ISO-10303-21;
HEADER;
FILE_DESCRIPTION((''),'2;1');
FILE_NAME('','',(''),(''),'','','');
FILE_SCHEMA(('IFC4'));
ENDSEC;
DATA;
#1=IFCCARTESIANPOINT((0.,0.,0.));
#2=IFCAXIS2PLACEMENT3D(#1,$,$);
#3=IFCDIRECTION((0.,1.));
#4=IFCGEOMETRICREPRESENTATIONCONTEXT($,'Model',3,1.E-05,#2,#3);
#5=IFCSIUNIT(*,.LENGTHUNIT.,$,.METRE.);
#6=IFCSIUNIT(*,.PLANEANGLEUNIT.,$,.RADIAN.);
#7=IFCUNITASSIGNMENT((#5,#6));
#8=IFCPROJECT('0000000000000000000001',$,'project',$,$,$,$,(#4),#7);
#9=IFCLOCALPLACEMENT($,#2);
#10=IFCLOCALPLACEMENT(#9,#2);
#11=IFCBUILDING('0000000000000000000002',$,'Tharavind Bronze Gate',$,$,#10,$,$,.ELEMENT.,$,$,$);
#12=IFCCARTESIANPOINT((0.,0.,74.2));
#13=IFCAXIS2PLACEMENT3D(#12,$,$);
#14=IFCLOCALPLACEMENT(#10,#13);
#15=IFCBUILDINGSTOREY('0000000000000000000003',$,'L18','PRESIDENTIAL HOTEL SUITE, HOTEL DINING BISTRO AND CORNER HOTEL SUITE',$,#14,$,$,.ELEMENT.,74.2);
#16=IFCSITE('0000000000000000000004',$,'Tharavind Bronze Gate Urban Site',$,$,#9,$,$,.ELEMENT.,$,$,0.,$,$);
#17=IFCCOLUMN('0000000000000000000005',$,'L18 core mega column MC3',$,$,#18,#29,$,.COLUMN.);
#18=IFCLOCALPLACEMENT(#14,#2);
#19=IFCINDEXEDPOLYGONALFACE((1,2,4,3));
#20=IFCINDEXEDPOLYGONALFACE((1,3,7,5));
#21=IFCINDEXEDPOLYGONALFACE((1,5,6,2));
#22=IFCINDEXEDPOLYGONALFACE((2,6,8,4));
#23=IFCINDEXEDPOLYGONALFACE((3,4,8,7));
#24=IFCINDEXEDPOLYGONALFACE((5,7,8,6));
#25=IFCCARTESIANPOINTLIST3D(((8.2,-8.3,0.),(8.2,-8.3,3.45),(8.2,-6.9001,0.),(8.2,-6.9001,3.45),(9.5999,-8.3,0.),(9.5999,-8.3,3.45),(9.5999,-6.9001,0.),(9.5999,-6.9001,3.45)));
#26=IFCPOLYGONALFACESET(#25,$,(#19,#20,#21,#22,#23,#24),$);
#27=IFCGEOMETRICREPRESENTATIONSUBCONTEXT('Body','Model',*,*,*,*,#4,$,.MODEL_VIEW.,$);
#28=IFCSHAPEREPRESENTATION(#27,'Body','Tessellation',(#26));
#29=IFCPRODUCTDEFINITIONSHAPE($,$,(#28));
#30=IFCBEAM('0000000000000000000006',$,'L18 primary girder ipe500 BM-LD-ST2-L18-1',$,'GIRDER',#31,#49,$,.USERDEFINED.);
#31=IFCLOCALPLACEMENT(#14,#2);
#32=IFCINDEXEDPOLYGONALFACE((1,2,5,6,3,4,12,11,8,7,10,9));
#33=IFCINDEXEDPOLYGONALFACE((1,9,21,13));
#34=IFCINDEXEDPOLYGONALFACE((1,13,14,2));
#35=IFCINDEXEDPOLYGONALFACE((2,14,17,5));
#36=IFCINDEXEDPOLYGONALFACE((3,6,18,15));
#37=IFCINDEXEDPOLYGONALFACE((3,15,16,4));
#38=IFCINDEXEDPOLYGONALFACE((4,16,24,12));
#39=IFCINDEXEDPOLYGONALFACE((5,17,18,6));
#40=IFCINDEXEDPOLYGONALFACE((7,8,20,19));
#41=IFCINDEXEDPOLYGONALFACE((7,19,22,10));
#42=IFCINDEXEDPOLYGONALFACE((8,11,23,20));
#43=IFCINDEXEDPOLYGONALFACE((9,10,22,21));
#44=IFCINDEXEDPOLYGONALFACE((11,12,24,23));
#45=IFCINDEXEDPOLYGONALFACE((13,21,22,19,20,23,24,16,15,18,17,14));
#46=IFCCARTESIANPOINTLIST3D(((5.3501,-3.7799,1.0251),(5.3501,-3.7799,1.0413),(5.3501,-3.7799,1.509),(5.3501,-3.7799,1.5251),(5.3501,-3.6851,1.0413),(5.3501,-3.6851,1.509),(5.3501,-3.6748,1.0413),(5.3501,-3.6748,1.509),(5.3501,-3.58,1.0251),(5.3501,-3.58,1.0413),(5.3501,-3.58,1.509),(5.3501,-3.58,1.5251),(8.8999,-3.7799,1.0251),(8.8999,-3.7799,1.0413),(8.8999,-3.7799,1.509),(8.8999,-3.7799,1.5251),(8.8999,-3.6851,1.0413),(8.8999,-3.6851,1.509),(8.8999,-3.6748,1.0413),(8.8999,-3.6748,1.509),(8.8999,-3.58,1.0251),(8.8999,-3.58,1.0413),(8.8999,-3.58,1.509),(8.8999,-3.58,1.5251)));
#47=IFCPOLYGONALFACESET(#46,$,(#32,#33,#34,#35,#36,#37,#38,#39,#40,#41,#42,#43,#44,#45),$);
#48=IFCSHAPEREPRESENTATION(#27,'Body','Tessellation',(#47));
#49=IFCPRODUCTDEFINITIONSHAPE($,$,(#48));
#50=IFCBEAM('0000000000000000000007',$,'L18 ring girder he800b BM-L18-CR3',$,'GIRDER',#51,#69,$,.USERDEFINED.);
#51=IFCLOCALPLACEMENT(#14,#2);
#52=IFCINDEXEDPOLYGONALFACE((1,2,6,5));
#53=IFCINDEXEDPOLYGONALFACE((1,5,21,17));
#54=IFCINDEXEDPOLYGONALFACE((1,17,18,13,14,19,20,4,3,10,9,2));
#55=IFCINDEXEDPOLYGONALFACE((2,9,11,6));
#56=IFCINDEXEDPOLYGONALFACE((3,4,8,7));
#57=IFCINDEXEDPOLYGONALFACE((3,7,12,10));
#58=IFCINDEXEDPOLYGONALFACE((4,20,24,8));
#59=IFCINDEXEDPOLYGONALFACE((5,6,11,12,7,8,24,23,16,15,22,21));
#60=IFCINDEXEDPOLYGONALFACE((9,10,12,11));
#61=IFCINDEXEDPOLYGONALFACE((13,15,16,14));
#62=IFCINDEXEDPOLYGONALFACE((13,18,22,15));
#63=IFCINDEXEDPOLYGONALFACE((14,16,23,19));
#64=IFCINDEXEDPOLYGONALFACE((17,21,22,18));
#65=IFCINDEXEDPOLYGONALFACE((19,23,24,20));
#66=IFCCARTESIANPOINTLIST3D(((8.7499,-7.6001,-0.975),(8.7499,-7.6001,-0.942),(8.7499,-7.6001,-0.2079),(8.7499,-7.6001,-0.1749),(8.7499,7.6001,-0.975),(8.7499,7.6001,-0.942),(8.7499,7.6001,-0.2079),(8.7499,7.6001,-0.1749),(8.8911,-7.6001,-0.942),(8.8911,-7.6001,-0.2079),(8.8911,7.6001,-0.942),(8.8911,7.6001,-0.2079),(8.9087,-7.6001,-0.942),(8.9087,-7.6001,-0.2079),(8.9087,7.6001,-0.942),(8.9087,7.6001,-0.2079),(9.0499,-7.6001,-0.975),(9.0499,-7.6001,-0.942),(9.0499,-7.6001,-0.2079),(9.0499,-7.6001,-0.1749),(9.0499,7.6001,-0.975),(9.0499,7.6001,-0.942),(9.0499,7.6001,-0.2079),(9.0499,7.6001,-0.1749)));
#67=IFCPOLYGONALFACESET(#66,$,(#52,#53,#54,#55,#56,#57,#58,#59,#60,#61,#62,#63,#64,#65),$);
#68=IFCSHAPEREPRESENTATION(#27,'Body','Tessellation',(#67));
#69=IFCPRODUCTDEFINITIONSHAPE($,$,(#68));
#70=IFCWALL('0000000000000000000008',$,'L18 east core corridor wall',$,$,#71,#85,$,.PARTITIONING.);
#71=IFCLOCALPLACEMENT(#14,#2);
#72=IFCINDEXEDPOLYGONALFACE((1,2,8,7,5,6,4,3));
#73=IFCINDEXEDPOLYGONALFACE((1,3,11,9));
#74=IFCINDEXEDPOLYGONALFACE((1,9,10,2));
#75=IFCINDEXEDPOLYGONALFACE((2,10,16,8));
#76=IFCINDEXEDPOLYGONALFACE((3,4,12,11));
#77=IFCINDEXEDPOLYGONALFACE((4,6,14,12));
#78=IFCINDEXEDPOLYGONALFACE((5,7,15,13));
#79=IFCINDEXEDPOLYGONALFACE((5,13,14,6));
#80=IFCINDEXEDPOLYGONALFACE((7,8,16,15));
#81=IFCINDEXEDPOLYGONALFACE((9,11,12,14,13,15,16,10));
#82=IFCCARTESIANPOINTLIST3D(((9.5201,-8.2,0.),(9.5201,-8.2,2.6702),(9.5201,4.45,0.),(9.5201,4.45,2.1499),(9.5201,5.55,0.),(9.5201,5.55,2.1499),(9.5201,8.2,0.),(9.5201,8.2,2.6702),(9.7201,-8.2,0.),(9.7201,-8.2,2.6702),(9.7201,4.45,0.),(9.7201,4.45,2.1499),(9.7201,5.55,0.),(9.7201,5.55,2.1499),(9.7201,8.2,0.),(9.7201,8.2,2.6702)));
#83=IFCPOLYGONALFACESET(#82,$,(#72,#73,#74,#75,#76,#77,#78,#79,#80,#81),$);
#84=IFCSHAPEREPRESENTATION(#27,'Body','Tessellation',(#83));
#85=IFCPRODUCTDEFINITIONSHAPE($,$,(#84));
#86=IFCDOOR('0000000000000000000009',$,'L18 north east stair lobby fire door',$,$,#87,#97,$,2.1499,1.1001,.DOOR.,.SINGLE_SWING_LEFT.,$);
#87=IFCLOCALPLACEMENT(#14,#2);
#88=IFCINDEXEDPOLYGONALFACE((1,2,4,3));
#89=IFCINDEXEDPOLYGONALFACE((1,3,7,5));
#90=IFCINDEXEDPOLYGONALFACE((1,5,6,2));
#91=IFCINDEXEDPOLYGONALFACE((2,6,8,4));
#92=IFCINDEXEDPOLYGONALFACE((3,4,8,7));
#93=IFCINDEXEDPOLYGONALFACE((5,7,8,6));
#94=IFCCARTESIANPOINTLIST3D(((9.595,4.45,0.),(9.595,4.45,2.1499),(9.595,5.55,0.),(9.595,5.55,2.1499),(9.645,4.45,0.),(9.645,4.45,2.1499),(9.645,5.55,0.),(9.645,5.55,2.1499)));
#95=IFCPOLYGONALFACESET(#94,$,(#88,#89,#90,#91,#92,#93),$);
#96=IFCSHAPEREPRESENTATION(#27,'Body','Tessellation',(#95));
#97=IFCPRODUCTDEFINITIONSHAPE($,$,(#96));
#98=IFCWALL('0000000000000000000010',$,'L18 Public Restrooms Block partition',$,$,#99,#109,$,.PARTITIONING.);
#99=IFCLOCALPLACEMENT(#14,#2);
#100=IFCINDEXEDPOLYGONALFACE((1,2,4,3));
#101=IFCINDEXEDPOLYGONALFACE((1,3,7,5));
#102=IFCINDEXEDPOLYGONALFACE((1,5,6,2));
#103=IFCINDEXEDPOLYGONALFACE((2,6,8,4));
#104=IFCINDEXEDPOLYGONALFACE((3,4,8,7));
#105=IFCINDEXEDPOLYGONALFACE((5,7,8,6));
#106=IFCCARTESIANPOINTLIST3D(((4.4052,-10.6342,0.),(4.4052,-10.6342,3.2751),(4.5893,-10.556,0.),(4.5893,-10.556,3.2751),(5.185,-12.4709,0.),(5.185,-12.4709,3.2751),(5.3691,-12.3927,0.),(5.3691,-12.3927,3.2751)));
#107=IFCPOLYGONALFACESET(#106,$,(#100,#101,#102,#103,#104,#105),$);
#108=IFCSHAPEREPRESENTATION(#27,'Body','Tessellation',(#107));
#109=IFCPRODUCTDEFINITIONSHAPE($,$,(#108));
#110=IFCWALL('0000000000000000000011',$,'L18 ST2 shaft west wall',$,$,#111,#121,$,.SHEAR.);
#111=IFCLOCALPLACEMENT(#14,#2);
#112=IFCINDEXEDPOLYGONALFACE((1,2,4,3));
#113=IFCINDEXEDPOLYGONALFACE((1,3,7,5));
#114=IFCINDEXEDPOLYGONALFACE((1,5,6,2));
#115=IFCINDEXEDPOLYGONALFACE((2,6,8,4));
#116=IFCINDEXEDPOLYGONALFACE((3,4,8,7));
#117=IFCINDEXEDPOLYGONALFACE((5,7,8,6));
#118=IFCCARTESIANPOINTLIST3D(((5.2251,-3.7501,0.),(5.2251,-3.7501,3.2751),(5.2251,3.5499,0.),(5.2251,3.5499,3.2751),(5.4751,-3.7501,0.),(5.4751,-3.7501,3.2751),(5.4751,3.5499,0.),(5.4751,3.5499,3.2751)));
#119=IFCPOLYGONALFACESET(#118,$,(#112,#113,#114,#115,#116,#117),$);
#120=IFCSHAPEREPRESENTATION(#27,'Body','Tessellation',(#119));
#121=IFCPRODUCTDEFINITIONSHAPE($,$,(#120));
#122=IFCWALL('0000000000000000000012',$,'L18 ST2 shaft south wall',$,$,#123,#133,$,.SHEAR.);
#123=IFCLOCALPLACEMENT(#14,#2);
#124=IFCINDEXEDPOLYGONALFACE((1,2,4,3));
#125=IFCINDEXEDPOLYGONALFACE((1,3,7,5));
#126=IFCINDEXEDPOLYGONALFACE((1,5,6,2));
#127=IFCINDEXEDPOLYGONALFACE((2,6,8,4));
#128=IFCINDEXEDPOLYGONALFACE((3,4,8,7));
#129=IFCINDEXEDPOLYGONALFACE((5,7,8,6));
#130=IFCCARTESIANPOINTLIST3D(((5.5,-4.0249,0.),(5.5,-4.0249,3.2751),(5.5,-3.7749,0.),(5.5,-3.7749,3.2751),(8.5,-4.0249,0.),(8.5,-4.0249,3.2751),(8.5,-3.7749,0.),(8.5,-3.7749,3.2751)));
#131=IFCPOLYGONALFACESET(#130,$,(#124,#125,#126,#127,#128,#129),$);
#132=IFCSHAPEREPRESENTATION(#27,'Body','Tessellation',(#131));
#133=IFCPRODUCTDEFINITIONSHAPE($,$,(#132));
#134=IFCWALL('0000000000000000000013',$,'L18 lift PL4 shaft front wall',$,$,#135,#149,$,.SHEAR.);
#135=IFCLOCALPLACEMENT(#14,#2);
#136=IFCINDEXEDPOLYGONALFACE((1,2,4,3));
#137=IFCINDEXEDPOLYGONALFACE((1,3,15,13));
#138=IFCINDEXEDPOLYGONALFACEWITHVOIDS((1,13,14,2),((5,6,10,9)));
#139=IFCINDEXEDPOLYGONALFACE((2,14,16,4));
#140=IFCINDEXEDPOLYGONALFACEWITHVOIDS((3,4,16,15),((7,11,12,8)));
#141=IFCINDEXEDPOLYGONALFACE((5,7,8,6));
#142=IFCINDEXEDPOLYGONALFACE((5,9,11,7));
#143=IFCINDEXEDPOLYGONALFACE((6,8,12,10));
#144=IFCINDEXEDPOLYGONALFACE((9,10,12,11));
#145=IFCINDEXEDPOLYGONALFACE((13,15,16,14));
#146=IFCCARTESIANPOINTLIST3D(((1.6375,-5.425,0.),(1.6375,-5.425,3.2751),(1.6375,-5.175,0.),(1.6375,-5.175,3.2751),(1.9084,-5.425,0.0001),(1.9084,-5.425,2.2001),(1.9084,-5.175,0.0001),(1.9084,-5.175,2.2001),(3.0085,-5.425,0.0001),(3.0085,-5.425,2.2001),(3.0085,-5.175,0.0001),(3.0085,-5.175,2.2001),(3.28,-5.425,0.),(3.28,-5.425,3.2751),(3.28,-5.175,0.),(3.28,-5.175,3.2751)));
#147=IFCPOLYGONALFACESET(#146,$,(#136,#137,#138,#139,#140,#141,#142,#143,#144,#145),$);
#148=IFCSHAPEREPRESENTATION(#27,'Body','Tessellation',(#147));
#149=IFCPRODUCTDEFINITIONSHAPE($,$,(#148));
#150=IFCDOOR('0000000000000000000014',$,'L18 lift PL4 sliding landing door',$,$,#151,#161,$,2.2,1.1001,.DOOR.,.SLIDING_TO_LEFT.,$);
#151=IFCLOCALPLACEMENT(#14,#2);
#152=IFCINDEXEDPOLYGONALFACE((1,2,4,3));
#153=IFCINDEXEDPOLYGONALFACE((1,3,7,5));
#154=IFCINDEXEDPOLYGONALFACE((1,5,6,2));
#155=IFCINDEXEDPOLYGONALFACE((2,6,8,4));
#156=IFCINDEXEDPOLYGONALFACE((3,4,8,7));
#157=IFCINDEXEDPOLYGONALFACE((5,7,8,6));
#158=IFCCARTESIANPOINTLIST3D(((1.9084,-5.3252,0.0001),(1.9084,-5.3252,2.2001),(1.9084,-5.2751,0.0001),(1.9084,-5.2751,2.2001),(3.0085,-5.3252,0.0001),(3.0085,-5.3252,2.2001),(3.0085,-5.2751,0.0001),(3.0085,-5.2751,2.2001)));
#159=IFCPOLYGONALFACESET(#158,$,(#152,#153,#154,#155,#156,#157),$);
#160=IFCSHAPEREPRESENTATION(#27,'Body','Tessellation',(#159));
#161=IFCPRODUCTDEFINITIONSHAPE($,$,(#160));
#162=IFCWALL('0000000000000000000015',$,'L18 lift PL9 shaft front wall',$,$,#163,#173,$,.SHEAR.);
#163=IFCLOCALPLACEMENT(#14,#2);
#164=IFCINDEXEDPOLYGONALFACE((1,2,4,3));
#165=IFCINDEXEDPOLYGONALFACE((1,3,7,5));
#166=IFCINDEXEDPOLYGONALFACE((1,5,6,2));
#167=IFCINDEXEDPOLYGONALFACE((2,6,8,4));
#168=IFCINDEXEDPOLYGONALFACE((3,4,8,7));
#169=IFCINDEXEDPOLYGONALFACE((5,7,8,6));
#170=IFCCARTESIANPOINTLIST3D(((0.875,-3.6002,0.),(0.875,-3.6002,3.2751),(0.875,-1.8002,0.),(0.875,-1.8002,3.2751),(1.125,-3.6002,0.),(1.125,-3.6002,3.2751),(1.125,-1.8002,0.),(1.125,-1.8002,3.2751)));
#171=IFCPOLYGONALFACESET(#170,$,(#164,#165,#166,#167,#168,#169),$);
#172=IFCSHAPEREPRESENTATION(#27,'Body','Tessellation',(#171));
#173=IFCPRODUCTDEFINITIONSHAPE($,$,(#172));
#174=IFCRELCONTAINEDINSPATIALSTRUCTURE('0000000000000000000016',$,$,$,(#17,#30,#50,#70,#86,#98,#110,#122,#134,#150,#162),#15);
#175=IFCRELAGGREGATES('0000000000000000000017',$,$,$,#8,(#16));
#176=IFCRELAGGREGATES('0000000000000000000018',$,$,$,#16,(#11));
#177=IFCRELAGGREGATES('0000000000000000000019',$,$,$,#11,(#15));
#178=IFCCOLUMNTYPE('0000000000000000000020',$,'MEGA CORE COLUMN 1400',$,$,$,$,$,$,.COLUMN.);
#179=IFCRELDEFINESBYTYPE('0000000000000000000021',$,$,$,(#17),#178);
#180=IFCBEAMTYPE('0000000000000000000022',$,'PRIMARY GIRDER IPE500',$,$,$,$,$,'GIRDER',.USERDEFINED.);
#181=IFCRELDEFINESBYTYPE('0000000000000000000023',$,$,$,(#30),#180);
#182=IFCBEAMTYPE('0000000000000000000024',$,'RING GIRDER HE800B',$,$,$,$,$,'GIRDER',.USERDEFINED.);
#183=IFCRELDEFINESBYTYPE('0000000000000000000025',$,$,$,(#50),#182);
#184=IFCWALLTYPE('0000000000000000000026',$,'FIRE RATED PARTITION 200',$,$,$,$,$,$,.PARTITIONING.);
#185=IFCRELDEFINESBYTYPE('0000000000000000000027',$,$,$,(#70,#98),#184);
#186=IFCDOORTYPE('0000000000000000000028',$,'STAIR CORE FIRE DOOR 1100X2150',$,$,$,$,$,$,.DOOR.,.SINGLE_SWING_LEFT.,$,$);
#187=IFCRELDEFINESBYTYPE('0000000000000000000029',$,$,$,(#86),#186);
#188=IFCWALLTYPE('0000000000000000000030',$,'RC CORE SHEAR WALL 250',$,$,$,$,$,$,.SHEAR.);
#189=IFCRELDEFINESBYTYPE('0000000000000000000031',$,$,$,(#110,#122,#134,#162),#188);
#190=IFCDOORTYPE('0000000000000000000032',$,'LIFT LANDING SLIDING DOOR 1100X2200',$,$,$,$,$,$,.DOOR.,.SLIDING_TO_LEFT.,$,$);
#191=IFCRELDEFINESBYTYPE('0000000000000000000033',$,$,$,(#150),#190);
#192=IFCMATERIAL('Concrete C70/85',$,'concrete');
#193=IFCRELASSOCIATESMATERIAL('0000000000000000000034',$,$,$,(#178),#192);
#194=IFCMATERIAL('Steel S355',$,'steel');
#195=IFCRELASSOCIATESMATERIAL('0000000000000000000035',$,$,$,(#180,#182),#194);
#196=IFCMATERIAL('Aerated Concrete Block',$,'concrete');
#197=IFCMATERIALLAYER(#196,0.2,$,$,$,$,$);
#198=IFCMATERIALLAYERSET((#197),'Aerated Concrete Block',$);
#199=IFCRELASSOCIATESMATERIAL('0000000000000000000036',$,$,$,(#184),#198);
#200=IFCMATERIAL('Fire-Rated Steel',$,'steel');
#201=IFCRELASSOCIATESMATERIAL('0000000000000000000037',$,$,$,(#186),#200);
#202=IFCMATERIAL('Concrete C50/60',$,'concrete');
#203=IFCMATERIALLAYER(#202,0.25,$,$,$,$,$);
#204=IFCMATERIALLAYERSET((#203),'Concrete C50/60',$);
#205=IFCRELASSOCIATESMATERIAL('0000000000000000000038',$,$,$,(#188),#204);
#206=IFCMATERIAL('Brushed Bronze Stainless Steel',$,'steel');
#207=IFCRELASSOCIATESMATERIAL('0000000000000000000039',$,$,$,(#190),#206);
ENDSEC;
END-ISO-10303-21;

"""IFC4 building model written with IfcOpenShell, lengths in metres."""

from ifc_helpers import new_model, si_unit, direction, frame, frame_2d, origin, origin_2d, place, context, subcontext, project, spatial, rectangle, i_section, extrude, material, layer, layer_set, material_profile, profile_set, type_object, element, fill, save


model = new_model("IFC4")

# Units and contexts
model_context = context("Model", 3, precision=1e-05, world=origin(), true_north=direction((0.0, 1.0)))
body_context = subcontext(model_context, "Body", "Model", "MODEL_VIEW")
ifc_project = project(units=[si_unit("LENGTHUNIT", "METRE"), si_unit("PLANEANGLEUNIT", "RADIAN")], contexts=[model_context])

# Site, building, storey
site_placement = place(None, origin())
site = spatial("IfcSite", under=ifc_project, at=site_placement, Name="Tharavind Bronze Gate Urban Site", CompositionType="ELEMENT", RefElevation=0.0)
building_placement = place(site_placement, origin())
building = spatial("IfcBuilding", under=site, at=building_placement, Name="Tharavind Bronze Gate", CompositionType="ELEMENT")
storey_placement = place(building_placement, frame((0.0, 0.0, 74.2)))
storey = spatial("IfcBuildingStorey", under=building, at=storey_placement, Name="L18", Description="PRESIDENTIAL HOTEL SUITE, HOTEL DINING BISTRO AND CORNER HOTEL SUITE", CompositionType="ELEMENT", Elevation=74.2)

# Column
ifc_material_1 = material(Name="Concrete C70/85", Category="concrete")
ifc_material_profile_1 = material_profile(ifc_material_1, rectangle(XDim=1.3999, YDim=1.3999, at=origin_2d()), Name="RCCOL1400")
ifc_profile_set_1 = profile_set([ifc_material_profile_1], Name="Concrete C70/85")
column_type = type_object("IfcColumnType", Name="MEGA CORE COLUMN 1400", PredefinedType="COLUMN", material=ifc_profile_set_1)
column_placement = place(storey_placement, frame((8.8999, -7.6001, 0.0), z_axis=(0.0, 0.0, 1.0), x_axis=(1.0, 0.0, 0.0)))
element("IfcColumn", 1, at=column_placement, inside=storey, type_object=column_type, Name="L18 core mega column MC3", PredefinedType="COLUMN", context=body_context, shape_type="SweptSolid", body=[
    extrude(rectangle(XDim=1.3999, YDim=1.3999, at=origin_2d()), origin(), (0.0, 0.0, 1.0), 3.45),
])

# Beams
ifc_material_2 = material(Name="Steel S355", Category="steel")
ifc_material_profile_2 = material_profile(ifc_material_2, i_section(OverallWidth=0.2, OverallDepth=0.5, WebThickness=0.0103, FlangeThickness=0.0161, at=origin_2d()), Name="IPE500")
ifc_profile_set_2 = profile_set([ifc_material_profile_2], Name="Steel S355")
beam_type_1 = type_object("IfcBeamType", Name="PRIMARY GIRDER IPE500", ElementType="GIRDER", PredefinedType="USERDEFINED", material=ifc_profile_set_2)
beam_1_placement = place(storey_placement, frame((5.3501, -3.6799, 1.2751), z_axis=(1.0, 0.0, 0.0), x_axis=(0.0, 1.0, 0.0)))
element("IfcBeam", 2, at=beam_1_placement, inside=storey, type_object=beam_type_1, Name="L18 primary girder ipe500 BM-LD-ST2-L18-1", ObjectType="GIRDER", PredefinedType="USERDEFINED", context=body_context, shape_type="SweptSolid", body=[
    extrude(i_section(OverallWidth=0.2, OverallDepth=0.5, WebThickness=0.0103, FlangeThickness=0.0161, at=origin_2d()), origin(), (0.0, 0.0, 1.0), 3.5498),
])
ifc_material_profile_3 = material_profile(ifc_material_2, i_section(OverallWidth=0.3, OverallDepth=0.8, WebThickness=0.0176, FlangeThickness=0.033, at=origin_2d()), Name="HE800B")
ifc_profile_set_3 = profile_set([ifc_material_profile_3], Name="Steel S355")
beam_type_2 = type_object("IfcBeamType", Name="RING GIRDER HE800B", ElementType="GIRDER", PredefinedType="USERDEFINED", material=ifc_profile_set_3)
beam_2_placement = place(storey_placement, frame((8.8999, -7.6001, -0.575), z_axis=(0.0, 1.0, 0.0), x_axis=(-1.0, 0.0, 0.0)))
element("IfcBeam", 3, at=beam_2_placement, inside=storey, type_object=beam_type_2, Name="L18 ring girder he800b BM-L18-CR3", ObjectType="GIRDER", PredefinedType="USERDEFINED", context=body_context, shape_type="SweptSolid", body=[
    extrude(i_section(OverallWidth=0.3, OverallDepth=0.8, WebThickness=0.0176, FlangeThickness=0.033, at=origin_2d()), origin(), (0.0, 0.0, 1.0), 15.2002),
])

# Wall, opening, door
ifc_material_3 = material(Name="Aerated Concrete Block", Category="concrete")
ifc_layer_1 = layer(ifc_material_3, 0.2)
ifc_layer_set_1 = layer_set([ifc_layer_1], Name="Aerated Concrete Block")
wall_type_1 = type_object("IfcWallType", Name="FIRE RATED PARTITION 200", PredefinedType="PARTITIONING", material=ifc_layer_set_1)
wall_1_placement = place(storey_placement, frame((9.6201, -8.2, 0.0), z_axis=(0.0, 0.0, 1.0), x_axis=(0.0, 1.0, 0.0)))
wall_1 = element("IfcWall", 4, at=wall_1_placement, inside=storey, type_object=wall_type_1, Name="L18 east core corridor wall", PredefinedType="PARTITIONING", context=body_context, shape_type="SweptSolid", body=[
    extrude(rectangle(XDim=16.3999, YDim=0.2, at=frame_2d((8.2, 0.0))), origin(), (0.0, 0.0, 1.0), 2.6702),
])
opening_1_placement = place(wall_1_placement, frame((12.6499, 0.0, 0.0)))
opening_1 = element("IfcOpeningElement", 5, at=opening_1_placement, cuts=wall_1, PredefinedType="OPENING", context=body_context, shape_type="SweptSolid", body=[
    extrude(rectangle(XDim=1.1001, YDim=2.1499, at=frame_2d((0.55, 1.075))), frame((0.0, 0.1101, 0.0), z_axis=(0.0, -1.0, 0.0), x_axis=(1.0, 0.0, 0.0)), (0.0, 0.0, 1.0), 0.22),
])
ifc_material_4 = material(Name="Fire-Rated Steel", Category="steel")
door_type_1 = type_object("IfcDoorType", Name="STAIR CORE FIRE DOOR 1100X2150", OperationType="SINGLE_SWING_LEFT", PredefinedType="DOOR", material=ifc_material_4)
door_1_placement = place(opening_1_placement, frame((1.1001, 0.0, 0.0), z_axis=(0.0, 0.0, 1.0), x_axis=(-1.0, 0.0, 0.0)))
door_1 = element("IfcDoor", 6, at=door_1_placement, inside=storey, type_object=door_type_1, Name="L18 north east stair lobby fire door", OperationType="SINGLE_SWING_LEFT", OverallHeight=2.1499, OverallWidth=1.1001, PredefinedType="DOOR", context=body_context, shape_type="SweptSolid", body=[
    extrude(rectangle(XDim=1.1001, YDim=2.1499, at=frame_2d((0.55, 1.075))), frame((0.0, 0.0249, 0.0), z_axis=(0.0, -1.0, 0.0), x_axis=(1.0, 0.0, 0.0)), (0.0, 0.0, 1.0), 0.05),
])
fill(opening_1, door_1)

# Wall
wall_2_placement = place(storey_placement, frame((4.4973, -10.5952, 0.0), z_axis=(0.0, 0.0, 1.0), x_axis=(0.390801, -0.920475, 0.0)))
element("IfcWall", 7, at=wall_2_placement, inside=storey, type_object=wall_type_1, Name="L18 Public Restrooms Block partition", PredefinedType="PARTITIONING", context=body_context, shape_type="SweptSolid", body=[
    extrude(rectangle(XDim=1.9954, YDim=0.2, at=frame_2d((0.9976, 0.0))), origin(), (0.0, 0.0, 1.0), 3.2751),
])

# Walls
ifc_material_5 = material(Name="Concrete C50/60", Category="concrete")
ifc_layer_2 = layer(ifc_material_5, 0.25)
ifc_layer_set_2 = layer_set([ifc_layer_2], Name="Concrete C50/60")
wall_type_2 = type_object("IfcWallType", Name="RC CORE SHEAR WALL 250", PredefinedType="SHEAR", material=ifc_layer_set_2)
wall_3_placement = place(storey_placement, frame((5.3501, -3.75, 0.0), z_axis=(0.0, 0.0, 1.0), x_axis=(0.0, 1.0, 0.0)))
element("IfcWall", 8, at=wall_3_placement, inside=storey, type_object=wall_type_2, Name="L18 ST2 shaft west wall", PredefinedType="SHEAR", context=body_context, shape_type="SweptSolid", body=[
    extrude(rectangle(XDim=7.3, YDim=0.25, at=frame_2d((3.6499, 0.0))), origin(), (0.0, 0.0, 1.0), 3.2751),
])
wall_4_placement = place(storey_placement, frame((5.5, -3.8999, 0.0), z_axis=(0.0, 0.0, 1.0), x_axis=(1.0, 0.0, 0.0)))
element("IfcWall", 9, at=wall_4_placement, inside=storey, type_object=wall_type_2, Name="L18 ST2 shaft south wall", PredefinedType="SHEAR", context=body_context, shape_type="SweptSolid", body=[
    extrude(rectangle(XDim=3.0, YDim=0.25, at=frame_2d((1.5, 0.0))), origin(), (0.0, 0.0, 1.0), 3.2751),
])

# Wall, opening, door
wall_5_placement = place(storey_placement, frame((1.6375, -5.3, 0.0), z_axis=(0.0, 0.0, 1.0), x_axis=(1.0, 0.0, 0.0)))
wall_5 = element("IfcWall", 10, at=wall_5_placement, inside=storey, type_object=wall_type_2, Name="L18 lift PL4 shaft front wall", PredefinedType="SHEAR", context=body_context, shape_type="SweptSolid", body=[
    extrude(rectangle(XDim=1.6426, YDim=0.25, at=frame_2d((0.8213, 0.0))), origin(), (0.0, 0.0, 1.0), 3.2751),
])
opening_2_placement = place(wall_5_placement, frame((0.271, 0.0, 0.0)))
opening_2 = element("IfcOpeningElement", 11, at=opening_2_placement, cuts=wall_5, PredefinedType="OPENING", context=body_context, shape_type="SweptSolid", body=[
    extrude(rectangle(XDim=1.1001, YDim=2.2, at=frame_2d((0.55, 1.1001))), frame((0.0, 0.135, 0.0), z_axis=(0.0, -1.0, 0.0), x_axis=(1.0, 0.0, 0.0)), (0.0, 0.0, 1.0), 0.27),
])
ifc_material_6 = material(Name="Brushed Bronze Stainless Steel", Category="steel")
door_type_2 = type_object("IfcDoorType", Name="LIFT LANDING SLIDING DOOR 1100X2200", OperationType="SLIDING_TO_LEFT", PredefinedType="DOOR", material=ifc_material_6)
door_2_placement = place(opening_2_placement, origin())
door_2 = element("IfcDoor", 12, at=door_2_placement, inside=storey, type_object=door_type_2, Name="L18 lift PL4 sliding landing door", OperationType="SLIDING_TO_LEFT", OverallHeight=2.2, OverallWidth=1.1001, PredefinedType="DOOR", context=body_context, shape_type="SweptSolid", body=[
    extrude(rectangle(XDim=1.1001, YDim=2.2, at=frame_2d((0.55, 1.1001))), frame((0.0, 0.0249, 0.0), z_axis=(0.0, -1.0, 0.0), x_axis=(1.0, 0.0, 0.0)), (0.0, 0.0, 1.0), 0.05),
])
fill(opening_2, door_2)

# Wall
for number, where, z_axis, x_axis, name in (
    (13, (1.0, -3.6001, 0.0), (0.0, 0.0, 1.0), (0.0, 1.0, 0.0), "L18 lift PL9 shaft front wall"),
):
    element("IfcWall", number, at=place(storey_placement, frame(where, z_axis=z_axis, x_axis=x_axis)), inside=storey, type_object=wall_type_2, Name=name, PredefinedType="SHEAR", context=body_context, shape_type="SweptSolid", body=[
        extrude(rectangle(XDim=1.8, YDim=0.25, at=frame_2d((0.8999, 0.0))), origin(), (0.0, 0.0, 1.0), 3.2751),
    ])

save(model, "model.ifc")
